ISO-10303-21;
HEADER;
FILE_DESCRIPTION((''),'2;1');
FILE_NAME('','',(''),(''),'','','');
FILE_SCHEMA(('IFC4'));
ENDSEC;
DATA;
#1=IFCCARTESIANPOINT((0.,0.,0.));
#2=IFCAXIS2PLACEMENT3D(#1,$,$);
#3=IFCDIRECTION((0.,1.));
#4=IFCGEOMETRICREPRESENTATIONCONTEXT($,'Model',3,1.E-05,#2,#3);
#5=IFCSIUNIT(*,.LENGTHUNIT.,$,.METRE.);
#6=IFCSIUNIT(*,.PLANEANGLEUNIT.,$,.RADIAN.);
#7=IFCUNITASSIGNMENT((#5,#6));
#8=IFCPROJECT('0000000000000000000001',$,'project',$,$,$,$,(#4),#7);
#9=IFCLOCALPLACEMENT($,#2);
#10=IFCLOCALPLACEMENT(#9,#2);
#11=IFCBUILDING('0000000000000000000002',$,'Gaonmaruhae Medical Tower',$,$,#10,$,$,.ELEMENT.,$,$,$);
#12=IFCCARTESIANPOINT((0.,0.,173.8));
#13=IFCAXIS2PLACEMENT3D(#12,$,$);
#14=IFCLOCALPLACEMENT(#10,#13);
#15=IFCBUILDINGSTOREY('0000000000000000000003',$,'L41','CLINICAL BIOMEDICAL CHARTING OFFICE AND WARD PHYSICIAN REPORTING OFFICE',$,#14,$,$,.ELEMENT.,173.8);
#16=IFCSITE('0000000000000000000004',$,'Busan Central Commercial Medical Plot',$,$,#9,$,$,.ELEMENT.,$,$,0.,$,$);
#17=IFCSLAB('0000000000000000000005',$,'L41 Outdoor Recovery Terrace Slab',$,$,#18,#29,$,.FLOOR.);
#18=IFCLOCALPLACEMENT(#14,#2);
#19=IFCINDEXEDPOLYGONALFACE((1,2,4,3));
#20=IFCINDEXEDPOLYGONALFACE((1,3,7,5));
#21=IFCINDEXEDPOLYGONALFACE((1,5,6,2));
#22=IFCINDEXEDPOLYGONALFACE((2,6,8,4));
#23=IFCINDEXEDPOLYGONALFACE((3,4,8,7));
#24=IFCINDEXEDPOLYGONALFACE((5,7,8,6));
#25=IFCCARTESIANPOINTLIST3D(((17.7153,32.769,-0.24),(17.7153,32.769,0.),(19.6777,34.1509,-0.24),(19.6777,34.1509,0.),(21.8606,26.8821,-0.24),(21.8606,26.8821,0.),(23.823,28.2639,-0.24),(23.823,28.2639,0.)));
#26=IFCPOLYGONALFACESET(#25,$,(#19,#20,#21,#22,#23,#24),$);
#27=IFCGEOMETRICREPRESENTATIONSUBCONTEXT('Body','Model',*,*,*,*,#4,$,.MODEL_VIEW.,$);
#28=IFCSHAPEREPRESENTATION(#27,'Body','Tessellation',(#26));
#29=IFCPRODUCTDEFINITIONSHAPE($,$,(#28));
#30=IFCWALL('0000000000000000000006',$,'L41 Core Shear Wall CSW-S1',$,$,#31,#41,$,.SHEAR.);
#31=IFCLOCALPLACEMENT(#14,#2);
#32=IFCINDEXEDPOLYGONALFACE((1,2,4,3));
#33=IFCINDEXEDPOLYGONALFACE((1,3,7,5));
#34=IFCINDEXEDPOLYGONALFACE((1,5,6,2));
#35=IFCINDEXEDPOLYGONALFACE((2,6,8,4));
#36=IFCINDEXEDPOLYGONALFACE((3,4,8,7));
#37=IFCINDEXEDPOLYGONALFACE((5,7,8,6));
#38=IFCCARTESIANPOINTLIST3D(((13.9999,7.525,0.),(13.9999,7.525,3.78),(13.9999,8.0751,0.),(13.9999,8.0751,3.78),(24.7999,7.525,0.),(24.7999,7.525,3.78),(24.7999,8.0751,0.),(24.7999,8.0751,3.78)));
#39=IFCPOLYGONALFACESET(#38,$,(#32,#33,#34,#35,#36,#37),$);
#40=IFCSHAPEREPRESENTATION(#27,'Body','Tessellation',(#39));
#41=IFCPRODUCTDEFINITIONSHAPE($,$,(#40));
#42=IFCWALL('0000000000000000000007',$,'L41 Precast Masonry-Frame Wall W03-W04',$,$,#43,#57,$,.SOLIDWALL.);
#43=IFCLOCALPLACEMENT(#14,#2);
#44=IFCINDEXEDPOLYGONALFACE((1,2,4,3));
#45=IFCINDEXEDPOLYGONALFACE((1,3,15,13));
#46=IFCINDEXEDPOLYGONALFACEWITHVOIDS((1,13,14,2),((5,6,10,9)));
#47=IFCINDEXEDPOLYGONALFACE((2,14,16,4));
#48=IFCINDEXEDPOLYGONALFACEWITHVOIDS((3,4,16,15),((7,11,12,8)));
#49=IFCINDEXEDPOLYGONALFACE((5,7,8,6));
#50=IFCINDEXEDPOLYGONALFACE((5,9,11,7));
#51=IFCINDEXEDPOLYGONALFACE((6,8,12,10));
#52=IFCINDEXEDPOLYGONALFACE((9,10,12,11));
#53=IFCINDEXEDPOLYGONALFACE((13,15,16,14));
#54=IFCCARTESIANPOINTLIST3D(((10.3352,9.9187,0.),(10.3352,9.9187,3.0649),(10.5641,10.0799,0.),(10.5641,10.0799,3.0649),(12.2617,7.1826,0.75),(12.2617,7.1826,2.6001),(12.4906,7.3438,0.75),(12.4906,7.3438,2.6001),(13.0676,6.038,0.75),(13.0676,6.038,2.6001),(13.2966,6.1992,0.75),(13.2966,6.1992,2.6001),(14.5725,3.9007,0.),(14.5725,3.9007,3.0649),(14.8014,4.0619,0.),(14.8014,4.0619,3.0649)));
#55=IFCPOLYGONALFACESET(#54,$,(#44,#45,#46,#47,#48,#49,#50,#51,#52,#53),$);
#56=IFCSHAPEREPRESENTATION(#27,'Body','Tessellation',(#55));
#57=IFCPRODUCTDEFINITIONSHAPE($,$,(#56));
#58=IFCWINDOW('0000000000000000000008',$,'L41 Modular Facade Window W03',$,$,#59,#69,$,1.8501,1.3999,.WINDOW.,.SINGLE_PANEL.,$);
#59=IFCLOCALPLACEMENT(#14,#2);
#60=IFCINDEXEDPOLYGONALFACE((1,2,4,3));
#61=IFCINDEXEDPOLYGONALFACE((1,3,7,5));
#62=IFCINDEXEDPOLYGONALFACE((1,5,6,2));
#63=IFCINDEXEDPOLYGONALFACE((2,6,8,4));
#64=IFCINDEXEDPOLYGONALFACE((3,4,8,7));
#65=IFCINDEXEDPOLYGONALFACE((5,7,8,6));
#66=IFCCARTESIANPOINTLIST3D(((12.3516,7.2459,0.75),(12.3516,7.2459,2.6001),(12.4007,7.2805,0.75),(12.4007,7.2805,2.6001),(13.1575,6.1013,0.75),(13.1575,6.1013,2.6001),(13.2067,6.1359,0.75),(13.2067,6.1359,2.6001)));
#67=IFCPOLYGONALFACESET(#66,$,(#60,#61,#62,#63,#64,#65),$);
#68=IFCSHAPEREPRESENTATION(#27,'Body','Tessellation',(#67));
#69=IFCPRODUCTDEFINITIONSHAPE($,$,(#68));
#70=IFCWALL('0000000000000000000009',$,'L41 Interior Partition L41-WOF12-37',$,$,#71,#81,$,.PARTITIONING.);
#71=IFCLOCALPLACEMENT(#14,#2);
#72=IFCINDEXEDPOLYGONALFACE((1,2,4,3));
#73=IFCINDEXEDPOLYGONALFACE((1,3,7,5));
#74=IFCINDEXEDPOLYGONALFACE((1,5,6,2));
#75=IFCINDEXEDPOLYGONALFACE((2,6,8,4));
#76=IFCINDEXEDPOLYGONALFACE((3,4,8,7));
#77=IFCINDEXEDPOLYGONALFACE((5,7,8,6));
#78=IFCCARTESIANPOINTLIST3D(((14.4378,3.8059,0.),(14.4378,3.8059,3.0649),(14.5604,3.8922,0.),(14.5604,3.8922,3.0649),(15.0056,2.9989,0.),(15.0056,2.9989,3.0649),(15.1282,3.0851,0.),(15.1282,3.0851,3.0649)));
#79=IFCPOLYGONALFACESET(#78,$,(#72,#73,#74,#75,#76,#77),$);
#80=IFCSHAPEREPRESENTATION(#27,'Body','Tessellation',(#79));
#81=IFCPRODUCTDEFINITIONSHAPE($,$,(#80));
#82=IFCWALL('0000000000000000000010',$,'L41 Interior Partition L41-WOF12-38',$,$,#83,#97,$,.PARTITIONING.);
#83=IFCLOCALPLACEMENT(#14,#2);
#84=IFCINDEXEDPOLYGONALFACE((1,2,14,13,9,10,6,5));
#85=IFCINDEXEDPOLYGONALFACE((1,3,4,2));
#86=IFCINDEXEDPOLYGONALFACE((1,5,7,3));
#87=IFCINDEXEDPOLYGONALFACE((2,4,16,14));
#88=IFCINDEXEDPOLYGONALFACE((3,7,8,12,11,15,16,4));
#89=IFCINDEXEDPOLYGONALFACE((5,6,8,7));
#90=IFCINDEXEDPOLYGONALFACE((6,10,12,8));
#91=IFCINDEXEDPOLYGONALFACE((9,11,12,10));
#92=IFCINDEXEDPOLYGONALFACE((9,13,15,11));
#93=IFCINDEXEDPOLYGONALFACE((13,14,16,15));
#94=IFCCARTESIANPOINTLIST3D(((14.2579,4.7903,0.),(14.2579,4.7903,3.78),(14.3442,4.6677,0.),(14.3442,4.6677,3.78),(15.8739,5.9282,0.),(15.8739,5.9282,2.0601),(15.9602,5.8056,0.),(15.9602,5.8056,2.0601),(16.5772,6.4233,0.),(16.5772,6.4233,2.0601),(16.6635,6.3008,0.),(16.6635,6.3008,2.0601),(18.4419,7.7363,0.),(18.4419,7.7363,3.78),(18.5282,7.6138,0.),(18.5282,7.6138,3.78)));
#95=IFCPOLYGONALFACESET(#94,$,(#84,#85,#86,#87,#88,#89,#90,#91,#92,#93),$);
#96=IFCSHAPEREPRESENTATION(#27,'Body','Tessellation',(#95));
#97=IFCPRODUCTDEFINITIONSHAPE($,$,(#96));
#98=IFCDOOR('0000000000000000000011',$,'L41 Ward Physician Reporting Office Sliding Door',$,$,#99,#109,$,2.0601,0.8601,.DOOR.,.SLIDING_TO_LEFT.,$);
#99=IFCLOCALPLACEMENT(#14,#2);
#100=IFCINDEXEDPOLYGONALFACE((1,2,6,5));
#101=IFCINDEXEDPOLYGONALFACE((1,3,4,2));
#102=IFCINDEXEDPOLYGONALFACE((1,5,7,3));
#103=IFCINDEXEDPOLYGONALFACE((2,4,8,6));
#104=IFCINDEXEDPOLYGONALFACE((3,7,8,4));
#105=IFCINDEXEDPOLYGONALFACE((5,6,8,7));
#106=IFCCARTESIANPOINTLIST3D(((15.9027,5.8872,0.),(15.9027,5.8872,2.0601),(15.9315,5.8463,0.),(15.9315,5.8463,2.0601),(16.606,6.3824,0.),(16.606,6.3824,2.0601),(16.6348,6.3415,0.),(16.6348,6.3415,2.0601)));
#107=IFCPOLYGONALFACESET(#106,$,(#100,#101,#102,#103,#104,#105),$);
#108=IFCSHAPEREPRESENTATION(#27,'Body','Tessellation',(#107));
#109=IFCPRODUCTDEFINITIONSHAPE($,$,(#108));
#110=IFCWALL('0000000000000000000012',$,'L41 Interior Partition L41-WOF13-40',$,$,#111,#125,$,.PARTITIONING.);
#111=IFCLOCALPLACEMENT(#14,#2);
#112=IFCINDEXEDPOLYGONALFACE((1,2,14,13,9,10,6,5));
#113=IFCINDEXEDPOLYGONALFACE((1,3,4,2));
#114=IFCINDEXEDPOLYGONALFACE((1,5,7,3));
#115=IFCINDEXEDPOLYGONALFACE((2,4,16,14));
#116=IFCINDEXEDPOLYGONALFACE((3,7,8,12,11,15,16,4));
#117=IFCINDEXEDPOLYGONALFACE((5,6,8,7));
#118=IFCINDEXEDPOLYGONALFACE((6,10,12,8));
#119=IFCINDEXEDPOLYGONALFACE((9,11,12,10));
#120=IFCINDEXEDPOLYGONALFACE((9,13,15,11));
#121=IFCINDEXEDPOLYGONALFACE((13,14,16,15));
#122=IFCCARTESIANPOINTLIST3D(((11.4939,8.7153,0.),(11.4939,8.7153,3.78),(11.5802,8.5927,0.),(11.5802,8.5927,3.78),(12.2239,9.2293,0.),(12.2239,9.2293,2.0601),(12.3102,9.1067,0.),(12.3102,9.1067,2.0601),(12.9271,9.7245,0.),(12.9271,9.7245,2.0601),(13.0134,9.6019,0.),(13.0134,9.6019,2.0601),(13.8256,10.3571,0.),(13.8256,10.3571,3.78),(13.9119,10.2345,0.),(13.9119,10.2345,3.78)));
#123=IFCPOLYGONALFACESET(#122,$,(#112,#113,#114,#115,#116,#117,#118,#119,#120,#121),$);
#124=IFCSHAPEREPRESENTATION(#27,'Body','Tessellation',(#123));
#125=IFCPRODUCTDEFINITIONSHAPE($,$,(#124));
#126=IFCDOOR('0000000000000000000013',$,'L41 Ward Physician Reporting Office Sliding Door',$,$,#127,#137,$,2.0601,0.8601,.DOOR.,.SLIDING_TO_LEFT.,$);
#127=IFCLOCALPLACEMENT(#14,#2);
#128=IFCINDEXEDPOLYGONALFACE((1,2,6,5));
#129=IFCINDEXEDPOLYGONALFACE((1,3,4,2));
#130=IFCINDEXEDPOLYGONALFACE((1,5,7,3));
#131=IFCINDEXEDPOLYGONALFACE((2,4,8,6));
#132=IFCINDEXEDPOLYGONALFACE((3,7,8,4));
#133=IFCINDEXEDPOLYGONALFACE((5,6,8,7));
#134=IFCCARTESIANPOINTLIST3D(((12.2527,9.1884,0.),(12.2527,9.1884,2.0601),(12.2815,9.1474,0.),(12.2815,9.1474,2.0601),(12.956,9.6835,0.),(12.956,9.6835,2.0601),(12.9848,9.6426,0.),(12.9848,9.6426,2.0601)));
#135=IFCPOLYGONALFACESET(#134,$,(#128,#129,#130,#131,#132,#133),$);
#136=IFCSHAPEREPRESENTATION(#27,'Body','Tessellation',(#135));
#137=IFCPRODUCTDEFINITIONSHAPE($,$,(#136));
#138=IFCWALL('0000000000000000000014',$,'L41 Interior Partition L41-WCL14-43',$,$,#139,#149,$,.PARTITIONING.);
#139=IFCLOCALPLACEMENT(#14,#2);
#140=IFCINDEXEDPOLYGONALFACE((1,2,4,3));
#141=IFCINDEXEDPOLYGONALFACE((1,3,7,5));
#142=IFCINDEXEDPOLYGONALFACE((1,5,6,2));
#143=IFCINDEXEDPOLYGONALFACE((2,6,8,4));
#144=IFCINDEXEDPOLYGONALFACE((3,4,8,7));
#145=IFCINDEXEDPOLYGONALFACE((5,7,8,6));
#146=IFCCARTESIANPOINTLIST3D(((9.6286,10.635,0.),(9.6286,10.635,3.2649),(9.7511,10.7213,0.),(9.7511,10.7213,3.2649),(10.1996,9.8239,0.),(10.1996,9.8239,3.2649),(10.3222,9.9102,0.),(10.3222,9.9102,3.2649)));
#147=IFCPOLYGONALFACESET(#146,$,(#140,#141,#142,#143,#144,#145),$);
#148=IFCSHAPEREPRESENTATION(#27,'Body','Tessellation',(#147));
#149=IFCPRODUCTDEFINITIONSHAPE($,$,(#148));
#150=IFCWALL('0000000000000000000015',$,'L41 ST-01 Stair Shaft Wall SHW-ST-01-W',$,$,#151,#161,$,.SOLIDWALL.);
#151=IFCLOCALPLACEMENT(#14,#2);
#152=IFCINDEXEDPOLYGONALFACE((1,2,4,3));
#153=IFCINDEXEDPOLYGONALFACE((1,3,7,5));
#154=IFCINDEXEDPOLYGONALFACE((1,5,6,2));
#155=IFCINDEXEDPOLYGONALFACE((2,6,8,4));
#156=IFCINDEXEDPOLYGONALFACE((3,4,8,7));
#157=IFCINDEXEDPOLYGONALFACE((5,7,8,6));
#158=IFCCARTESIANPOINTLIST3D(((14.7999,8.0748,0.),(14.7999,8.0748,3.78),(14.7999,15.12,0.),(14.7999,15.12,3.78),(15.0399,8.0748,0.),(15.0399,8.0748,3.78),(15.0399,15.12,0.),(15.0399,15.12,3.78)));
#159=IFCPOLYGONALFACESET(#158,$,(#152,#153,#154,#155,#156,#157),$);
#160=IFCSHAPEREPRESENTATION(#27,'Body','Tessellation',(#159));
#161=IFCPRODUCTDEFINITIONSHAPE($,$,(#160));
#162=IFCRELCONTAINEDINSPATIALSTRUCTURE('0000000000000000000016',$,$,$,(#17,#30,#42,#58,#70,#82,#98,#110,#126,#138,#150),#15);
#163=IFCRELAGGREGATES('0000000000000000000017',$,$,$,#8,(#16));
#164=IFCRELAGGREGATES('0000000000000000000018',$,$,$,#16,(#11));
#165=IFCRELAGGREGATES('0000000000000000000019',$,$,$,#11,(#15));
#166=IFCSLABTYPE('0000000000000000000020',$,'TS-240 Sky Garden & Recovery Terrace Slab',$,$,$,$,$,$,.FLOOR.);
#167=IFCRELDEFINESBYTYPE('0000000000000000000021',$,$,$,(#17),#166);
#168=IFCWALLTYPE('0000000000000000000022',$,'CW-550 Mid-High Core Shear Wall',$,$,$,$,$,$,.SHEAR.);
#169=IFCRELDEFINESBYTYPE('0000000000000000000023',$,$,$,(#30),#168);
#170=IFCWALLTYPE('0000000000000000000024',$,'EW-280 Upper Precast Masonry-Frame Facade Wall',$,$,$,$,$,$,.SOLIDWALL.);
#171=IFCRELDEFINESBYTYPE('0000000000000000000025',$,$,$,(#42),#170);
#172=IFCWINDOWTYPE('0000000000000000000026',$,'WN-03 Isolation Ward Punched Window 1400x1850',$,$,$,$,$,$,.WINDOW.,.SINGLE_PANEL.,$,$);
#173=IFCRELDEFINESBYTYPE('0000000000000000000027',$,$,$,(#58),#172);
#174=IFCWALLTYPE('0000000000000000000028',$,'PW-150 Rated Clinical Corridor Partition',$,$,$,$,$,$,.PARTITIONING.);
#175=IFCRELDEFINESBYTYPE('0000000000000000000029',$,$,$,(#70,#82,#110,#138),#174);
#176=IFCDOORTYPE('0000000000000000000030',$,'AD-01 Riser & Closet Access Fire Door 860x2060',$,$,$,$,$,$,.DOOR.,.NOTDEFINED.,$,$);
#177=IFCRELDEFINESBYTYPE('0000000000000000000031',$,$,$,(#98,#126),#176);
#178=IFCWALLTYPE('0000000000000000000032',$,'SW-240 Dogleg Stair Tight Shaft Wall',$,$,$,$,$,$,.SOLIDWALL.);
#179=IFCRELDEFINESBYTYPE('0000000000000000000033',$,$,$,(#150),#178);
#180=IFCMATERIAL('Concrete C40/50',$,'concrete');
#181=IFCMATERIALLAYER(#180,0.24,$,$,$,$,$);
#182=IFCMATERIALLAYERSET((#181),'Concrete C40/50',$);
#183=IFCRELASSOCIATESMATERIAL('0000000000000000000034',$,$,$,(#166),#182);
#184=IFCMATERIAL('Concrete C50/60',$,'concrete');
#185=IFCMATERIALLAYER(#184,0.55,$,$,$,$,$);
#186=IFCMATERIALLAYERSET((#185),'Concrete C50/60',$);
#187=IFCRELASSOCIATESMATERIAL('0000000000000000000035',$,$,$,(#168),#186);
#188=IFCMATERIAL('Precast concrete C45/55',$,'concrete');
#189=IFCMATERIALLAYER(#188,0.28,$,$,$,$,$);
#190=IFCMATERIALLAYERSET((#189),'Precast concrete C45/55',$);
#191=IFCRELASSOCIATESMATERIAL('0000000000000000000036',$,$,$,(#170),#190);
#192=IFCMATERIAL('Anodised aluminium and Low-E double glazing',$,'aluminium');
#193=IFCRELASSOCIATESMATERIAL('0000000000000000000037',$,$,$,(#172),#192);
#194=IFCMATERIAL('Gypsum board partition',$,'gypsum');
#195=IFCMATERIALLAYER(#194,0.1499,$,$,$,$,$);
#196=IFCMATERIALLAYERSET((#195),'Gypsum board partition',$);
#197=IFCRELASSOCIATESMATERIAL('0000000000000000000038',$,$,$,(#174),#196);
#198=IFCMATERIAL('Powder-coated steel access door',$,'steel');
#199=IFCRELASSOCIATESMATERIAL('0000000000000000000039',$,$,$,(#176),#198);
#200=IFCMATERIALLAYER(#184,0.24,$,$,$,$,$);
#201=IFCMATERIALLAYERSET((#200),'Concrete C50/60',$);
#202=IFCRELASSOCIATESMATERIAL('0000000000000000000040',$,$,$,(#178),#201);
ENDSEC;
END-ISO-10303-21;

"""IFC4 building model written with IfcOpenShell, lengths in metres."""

from ifc_helpers import new_model, si_unit, direction, frame, frame_2d, origin, place, context, subcontext, project, spatial, polyline, rectangle, outline, extrude, material, layer, layer_set, type_object, element, fill, save


model = new_model("IFC4")

# Units and contexts
model_context = context("Model", 3, precision=1e-05, world=origin(), true_north=direction((0.0, 1.0)))
body_context = subcontext(model_context, "Body", "Model", "MODEL_VIEW")
ifc_project = project(units=[si_unit("LENGTHUNIT", "METRE"), si_unit("PLANEANGLEUNIT", "RADIAN")], contexts=[model_context])

# Site, building, storey
site_placement = place(None, origin())
site = spatial("IfcSite", under=ifc_project, at=site_placement, Name="Busan Central Commercial Medical Plot", CompositionType="ELEMENT", RefElevation=0.0)
building_placement = place(site_placement, origin())
building = spatial("IfcBuilding", under=site, at=building_placement, Name="Gaonmaruhae Medical Tower", CompositionType="ELEMENT")
storey_placement = place(building_placement, frame((0.0, 0.0, 173.8)))
storey = spatial("IfcBuildingStorey", under=building, at=storey_placement, Name="L41", Description="CLINICAL BIOMEDICAL CHARTING OFFICE AND WARD PHYSICIAN REPORTING OFFICE", CompositionType="ELEMENT", Elevation=173.8)

# Shared definitions
ifc_material_1 = material(Name="Concrete C50/60", Category="concrete")

# Shared definitions
ifc_material_2 = material(Name="Concrete C40/50", Category="concrete")

# Slab
ifc_layer_1 = layer(ifc_material_2, 0.24)
ifc_layer_set_1 = layer_set([ifc_layer_1], Name="Concrete C40/50")
slab_type_1 = type_object("IfcSlabType", Name="TS-240 Sky Garden & Recovery Terrace Slab", PredefinedType="FLOOR", material=ifc_layer_set_1)
slab_1_placement = place(storey_placement, frame((0.0, 0.0, -0.24)))
element("IfcSlab", 1, at=slab_1_placement, inside=storey, type_object=slab_type_1, Name="L41 Outdoor Recovery Terrace Slab", PredefinedType="FLOOR", context=body_context, shape_type="SweptSolid", body=[
    extrude(outline(polyline([(21.8606, 26.8821), (23.823, 28.2639), (19.6777, 34.1509), (17.7153, 32.769), (21.8606, 26.8821)])), origin(), (0.0, 0.0, 1.0), 0.24),
])

# Wall
ifc_layer_2 = layer(ifc_material_1, 0.55)
ifc_layer_set_2 = layer_set([ifc_layer_2], Name="Concrete C50/60")
wall_type_1 = type_object("IfcWallType", Name="CW-550 Mid-High Core Shear Wall", PredefinedType="SHEAR", material=ifc_layer_set_2)
wall_1_placement = place(storey_placement, frame((14.0, 7.8, 0.0), z_axis=(0.0, 0.0, 1.0), x_axis=(1.0, 0.0, 0.0)))
element("IfcWall", 2, at=wall_1_placement, inside=storey, type_object=wall_type_1, Name="L41 Core Shear Wall CSW-S1", PredefinedType="SHEAR", context=body_context, shape_type="SweptSolid", body=[
    extrude(rectangle(XDim=10.8, YDim=0.55, at=frame_2d((5.3999, 0.0))), origin(), (0.0, 0.0, 1.0), 3.78),
])

# Wall, opening, window
ifc_material_3 = material(Name="Precast concrete C45/55", Category="concrete")
ifc_layer_3 = layer(ifc_material_3, 0.28)
ifc_layer_set_3 = layer_set([ifc_layer_3], Name="Precast concrete C45/55")
wall_type_2 = type_object("IfcWallType", Name="EW-280 Upper Precast Masonry-Frame Facade Wall", PredefinedType="SOLIDWALL", material=ifc_layer_set_3)
wall_2_placement = place(storey_placement, frame((14.687, 3.9812, 0.0), z_axis=(0.0, 0.0, 1.0), x_axis=(-0.575709, 0.817655, 0.0)))
wall_2 = element("IfcWall", 3, at=wall_2_placement, inside=storey, type_object=wall_type_2, Name="L41 Precast Masonry-Frame Wall W03-W04", PredefinedType="SOLIDWALL", context=body_context, shape_type="SweptSolid", body=[
    extrude(rectangle(XDim=7.3601, YDim=0.28, at=frame_2d((3.6802, 0.0))), origin(), (0.0, 0.0, 1.0), 3.0649),
])
opening_1_placement = place(wall_2_placement, frame((2.614, 0.0, 0.75)))
opening_1 = element("IfcOpeningElement", 4, at=opening_1_placement, cuts=wall_2, PredefinedType="OPENING", context=body_context, shape_type="SweptSolid", body=[
    extrude(rectangle(XDim=1.3999, YDim=1.8501, at=frame_2d((0.7, 0.925))), frame((0.0, 0.1499, 0.0), z_axis=(0.0, -1.0, 0.0), x_axis=(1.0, 0.0, 0.0)), (0.0, 0.0, 1.0), 0.3),
])
ifc_material_4 = material(Name="Anodised aluminium and Low-E double glazing", Category="aluminium")
window_type = type_object("IfcWindowType", Name="WN-03 Isolation Ward Punched Window 1400x1850", PartitioningType="SINGLE_PANEL", PredefinedType="WINDOW", material=ifc_material_4)
window_placement = place(opening_1_placement, origin())
window = element("IfcWindow", 5, at=window_placement, inside=storey, type_object=window_type, Name="L41 Modular Facade Window W03", OverallHeight=1.8501, OverallWidth=1.3999, PartitioningType="SINGLE_PANEL", PredefinedType="WINDOW", context=body_context, shape_type="SweptSolid", body=[
    extrude(rectangle(XDim=1.3999, YDim=1.8501, at=frame_2d((0.7, 0.925))), frame((0.0, 0.03, 0.0), z_axis=(0.0, -1.0, 0.0), x_axis=(1.0, 0.0, 0.0)), (0.0, 0.0, 1.0), 0.0601),
])
fill(opening_1, window)

# Wall
ifc_material_5 = material(Name="Gypsum board partition", Category="gypsum")
ifc_layer_4 = layer(ifc_material_5, 0.1499)
ifc_layer_set_4 = layer_set([ifc_layer_4], Name="Gypsum board partition")
wall_type_3 = type_object("IfcWallType", Name="PW-150 Rated Clinical Corridor Partition", PredefinedType="PARTITIONING", material=ifc_layer_set_4)
wall_3_placement = place(storey_placement, frame((15.0669, 3.042, 0.0), z_axis=(0.0, 0.0, 1.0), x_axis=(-0.57542, 0.817858, 0.0)))
element("IfcWall", 6, at=wall_3_placement, inside=storey, type_object=wall_type_3, Name="L41 Interior Partition L41-WOF12-37", PredefinedType="PARTITIONING", context=body_context, shape_type="SweptSolid", body=[
    extrude(rectangle(XDim=0.9868, YDim=0.1499, at=frame_2d((0.4934, 0.0))), origin(), (0.0, 0.0, 1.0), 3.0649),
])

# Walls, openings, doors
wall_4_placement = place(storey_placement, frame((14.301, 4.729, 0.0), z_axis=(0.0, 0.0, 1.0), x_axis=(0.817651, 0.575714, 0.0)))
wall_4 = element("IfcWall", 7, at=wall_4_placement, inside=storey, type_object=wall_type_3, Name="L41 Interior Partition L41-WOF12-38", PredefinedType="PARTITIONING", context=body_context, shape_type="SweptSolid", body=[
    extrude(rectangle(XDim=5.1172, YDim=0.1499, at=frame_2d((2.5586, 0.0))), origin(), (0.0, 0.0, 1.0), 3.78),
])
opening_2_placement = place(wall_4_placement, frame((1.9763, 0.0, 0.0)))
opening_2 = element("IfcOpeningElement", 8, at=opening_2_placement, cuts=wall_4, PredefinedType="OPENING", context=body_context, shape_type="SweptSolid", body=[
    extrude(rectangle(XDim=0.8601, YDim=2.0601, at=frame_2d((0.4302, 1.03))), frame((0.0, 0.085, 0.0), z_axis=(0.0, -1.0, 0.0), x_axis=(1.0, 0.0, 0.0)), (0.0, 0.0, 1.0), 0.1699),
])
ifc_material_6 = material(Name="Powder-coated steel access door", Category="steel")
door_type = type_object("IfcDoorType", Name="AD-01 Riser & Closet Access Fire Door 860x2060", OperationType="NOTDEFINED", PredefinedType="DOOR", material=ifc_material_6)
door_1_placement = place(opening_2_placement, origin())
door_1 = element("IfcDoor", 9, at=door_1_placement, inside=storey, type_object=door_type, Name="L41 Ward Physician Reporting Office Sliding Door", OperationType="SLIDING_TO_LEFT", OverallHeight=2.0601, OverallWidth=0.8601, PredefinedType="DOOR", context=body_context, shape_type="SweptSolid", body=[
    extrude(rectangle(XDim=0.8601, YDim=2.0601, at=frame_2d((0.4302, 1.03))), frame((0.0, 0.0249, 0.0), z_axis=(0.0, -1.0, 0.0), x_axis=(1.0, 0.0, 0.0)), (0.0, 0.0, 1.0), 0.05),
])
fill(opening_2, door_1)
wall_5_placement = place(storey_placement, frame((11.5371, 8.6541, 0.0), z_axis=(0.0, 0.0, 1.0), x_axis=(0.817648, 0.575718, 0.0)))
wall_5 = element("IfcWall", 10, at=wall_5_placement, inside=storey, type_object=wall_type_3, Name="L41 Interior Partition L41-WOF13-40", PredefinedType="PARTITIONING", context=body_context, shape_type="SweptSolid", body=[
    extrude(rectangle(XDim=2.8518, YDim=0.1499, at=frame_2d((1.4258, 0.0))), origin(), (0.0, 0.0, 1.0), 3.78),
])
opening_3_placement = place(wall_5_placement, frame((0.8926, 0.0, 0.0)))
opening_3 = element("IfcOpeningElement", 11, at=opening_3_placement, cuts=wall_5, PredefinedType="OPENING", context=body_context, shape_type="SweptSolid", body=[
    extrude(rectangle(XDim=0.8601, YDim=2.0601, at=frame_2d((0.4302, 1.03))), frame((0.0, 0.085, 0.0), z_axis=(0.0, -1.0, 0.0), x_axis=(1.0, 0.0, 0.0)), (0.0, 0.0, 1.0), 0.1699),
])
door_2_placement = place(opening_3_placement, origin())
door_2 = element("IfcDoor", 12, at=door_2_placement, inside=storey, type_object=door_type, Name="L41 Ward Physician Reporting Office Sliding Door", OperationType="SLIDING_TO_LEFT", OverallHeight=2.0601, OverallWidth=0.8601, PredefinedType="DOOR", context=body_context, shape_type="SweptSolid", body=[
    extrude(rectangle(XDim=0.8601, YDim=2.0601, at=frame_2d((0.4302, 1.03))), frame((0.0, 0.0249, 0.0), z_axis=(0.0, -1.0, 0.0), x_axis=(1.0, 0.0, 0.0)), (0.0, 0.0, 1.0), 0.05),
])
fill(opening_3, door_2)

# Walls
wall_6_placement = place(storey_placement, frame((10.261, 9.8669, 0.0), z_axis=(0.0, 0.0, 1.0), x_axis=(-0.575707, 0.817656, 0.0)))
element("IfcWall", 13, at=wall_6_placement, inside=storey, type_object=wall_type_3, Name="L41 Interior Partition L41-WCL14-43", PredefinedType="PARTITIONING", context=body_context, shape_type="SweptSolid", body=[
    extrude(rectangle(XDim=0.9919, YDim=0.1499, at=frame_2d((0.4961, 0.0))), origin(), (0.0, 0.0, 1.0), 3.2649),
])
ifc_layer_5 = layer(ifc_material_1, 0.24)
ifc_layer_set_5 = layer_set([ifc_layer_5], Name="Concrete C50/60")
wall_type_4 = type_object("IfcWallType", Name="SW-240 Dogleg Stair Tight Shaft Wall", PredefinedType="SOLIDWALL", material=ifc_layer_set_5)
wall_7_placement = place(storey_placement, frame((14.9199, 8.075, 0.0), z_axis=(0.0, 0.0, 1.0), x_axis=(0.0, 1.0, 0.0)))
element("IfcWall", 14, at=wall_7_placement, inside=storey, type_object=wall_type_4, Name="L41 ST-01 Stair Shaft Wall SHW-ST-01-W", PredefinedType="SOLIDWALL", context=body_context, shape_type="SweptSolid", body=[
    extrude(rectangle(XDim=7.0452, YDim=0.24, at=frame_2d((3.5225, 0.0))), origin(), (0.0, 0.0, 1.0), 3.78),
])

save(model, "model.ifc")
